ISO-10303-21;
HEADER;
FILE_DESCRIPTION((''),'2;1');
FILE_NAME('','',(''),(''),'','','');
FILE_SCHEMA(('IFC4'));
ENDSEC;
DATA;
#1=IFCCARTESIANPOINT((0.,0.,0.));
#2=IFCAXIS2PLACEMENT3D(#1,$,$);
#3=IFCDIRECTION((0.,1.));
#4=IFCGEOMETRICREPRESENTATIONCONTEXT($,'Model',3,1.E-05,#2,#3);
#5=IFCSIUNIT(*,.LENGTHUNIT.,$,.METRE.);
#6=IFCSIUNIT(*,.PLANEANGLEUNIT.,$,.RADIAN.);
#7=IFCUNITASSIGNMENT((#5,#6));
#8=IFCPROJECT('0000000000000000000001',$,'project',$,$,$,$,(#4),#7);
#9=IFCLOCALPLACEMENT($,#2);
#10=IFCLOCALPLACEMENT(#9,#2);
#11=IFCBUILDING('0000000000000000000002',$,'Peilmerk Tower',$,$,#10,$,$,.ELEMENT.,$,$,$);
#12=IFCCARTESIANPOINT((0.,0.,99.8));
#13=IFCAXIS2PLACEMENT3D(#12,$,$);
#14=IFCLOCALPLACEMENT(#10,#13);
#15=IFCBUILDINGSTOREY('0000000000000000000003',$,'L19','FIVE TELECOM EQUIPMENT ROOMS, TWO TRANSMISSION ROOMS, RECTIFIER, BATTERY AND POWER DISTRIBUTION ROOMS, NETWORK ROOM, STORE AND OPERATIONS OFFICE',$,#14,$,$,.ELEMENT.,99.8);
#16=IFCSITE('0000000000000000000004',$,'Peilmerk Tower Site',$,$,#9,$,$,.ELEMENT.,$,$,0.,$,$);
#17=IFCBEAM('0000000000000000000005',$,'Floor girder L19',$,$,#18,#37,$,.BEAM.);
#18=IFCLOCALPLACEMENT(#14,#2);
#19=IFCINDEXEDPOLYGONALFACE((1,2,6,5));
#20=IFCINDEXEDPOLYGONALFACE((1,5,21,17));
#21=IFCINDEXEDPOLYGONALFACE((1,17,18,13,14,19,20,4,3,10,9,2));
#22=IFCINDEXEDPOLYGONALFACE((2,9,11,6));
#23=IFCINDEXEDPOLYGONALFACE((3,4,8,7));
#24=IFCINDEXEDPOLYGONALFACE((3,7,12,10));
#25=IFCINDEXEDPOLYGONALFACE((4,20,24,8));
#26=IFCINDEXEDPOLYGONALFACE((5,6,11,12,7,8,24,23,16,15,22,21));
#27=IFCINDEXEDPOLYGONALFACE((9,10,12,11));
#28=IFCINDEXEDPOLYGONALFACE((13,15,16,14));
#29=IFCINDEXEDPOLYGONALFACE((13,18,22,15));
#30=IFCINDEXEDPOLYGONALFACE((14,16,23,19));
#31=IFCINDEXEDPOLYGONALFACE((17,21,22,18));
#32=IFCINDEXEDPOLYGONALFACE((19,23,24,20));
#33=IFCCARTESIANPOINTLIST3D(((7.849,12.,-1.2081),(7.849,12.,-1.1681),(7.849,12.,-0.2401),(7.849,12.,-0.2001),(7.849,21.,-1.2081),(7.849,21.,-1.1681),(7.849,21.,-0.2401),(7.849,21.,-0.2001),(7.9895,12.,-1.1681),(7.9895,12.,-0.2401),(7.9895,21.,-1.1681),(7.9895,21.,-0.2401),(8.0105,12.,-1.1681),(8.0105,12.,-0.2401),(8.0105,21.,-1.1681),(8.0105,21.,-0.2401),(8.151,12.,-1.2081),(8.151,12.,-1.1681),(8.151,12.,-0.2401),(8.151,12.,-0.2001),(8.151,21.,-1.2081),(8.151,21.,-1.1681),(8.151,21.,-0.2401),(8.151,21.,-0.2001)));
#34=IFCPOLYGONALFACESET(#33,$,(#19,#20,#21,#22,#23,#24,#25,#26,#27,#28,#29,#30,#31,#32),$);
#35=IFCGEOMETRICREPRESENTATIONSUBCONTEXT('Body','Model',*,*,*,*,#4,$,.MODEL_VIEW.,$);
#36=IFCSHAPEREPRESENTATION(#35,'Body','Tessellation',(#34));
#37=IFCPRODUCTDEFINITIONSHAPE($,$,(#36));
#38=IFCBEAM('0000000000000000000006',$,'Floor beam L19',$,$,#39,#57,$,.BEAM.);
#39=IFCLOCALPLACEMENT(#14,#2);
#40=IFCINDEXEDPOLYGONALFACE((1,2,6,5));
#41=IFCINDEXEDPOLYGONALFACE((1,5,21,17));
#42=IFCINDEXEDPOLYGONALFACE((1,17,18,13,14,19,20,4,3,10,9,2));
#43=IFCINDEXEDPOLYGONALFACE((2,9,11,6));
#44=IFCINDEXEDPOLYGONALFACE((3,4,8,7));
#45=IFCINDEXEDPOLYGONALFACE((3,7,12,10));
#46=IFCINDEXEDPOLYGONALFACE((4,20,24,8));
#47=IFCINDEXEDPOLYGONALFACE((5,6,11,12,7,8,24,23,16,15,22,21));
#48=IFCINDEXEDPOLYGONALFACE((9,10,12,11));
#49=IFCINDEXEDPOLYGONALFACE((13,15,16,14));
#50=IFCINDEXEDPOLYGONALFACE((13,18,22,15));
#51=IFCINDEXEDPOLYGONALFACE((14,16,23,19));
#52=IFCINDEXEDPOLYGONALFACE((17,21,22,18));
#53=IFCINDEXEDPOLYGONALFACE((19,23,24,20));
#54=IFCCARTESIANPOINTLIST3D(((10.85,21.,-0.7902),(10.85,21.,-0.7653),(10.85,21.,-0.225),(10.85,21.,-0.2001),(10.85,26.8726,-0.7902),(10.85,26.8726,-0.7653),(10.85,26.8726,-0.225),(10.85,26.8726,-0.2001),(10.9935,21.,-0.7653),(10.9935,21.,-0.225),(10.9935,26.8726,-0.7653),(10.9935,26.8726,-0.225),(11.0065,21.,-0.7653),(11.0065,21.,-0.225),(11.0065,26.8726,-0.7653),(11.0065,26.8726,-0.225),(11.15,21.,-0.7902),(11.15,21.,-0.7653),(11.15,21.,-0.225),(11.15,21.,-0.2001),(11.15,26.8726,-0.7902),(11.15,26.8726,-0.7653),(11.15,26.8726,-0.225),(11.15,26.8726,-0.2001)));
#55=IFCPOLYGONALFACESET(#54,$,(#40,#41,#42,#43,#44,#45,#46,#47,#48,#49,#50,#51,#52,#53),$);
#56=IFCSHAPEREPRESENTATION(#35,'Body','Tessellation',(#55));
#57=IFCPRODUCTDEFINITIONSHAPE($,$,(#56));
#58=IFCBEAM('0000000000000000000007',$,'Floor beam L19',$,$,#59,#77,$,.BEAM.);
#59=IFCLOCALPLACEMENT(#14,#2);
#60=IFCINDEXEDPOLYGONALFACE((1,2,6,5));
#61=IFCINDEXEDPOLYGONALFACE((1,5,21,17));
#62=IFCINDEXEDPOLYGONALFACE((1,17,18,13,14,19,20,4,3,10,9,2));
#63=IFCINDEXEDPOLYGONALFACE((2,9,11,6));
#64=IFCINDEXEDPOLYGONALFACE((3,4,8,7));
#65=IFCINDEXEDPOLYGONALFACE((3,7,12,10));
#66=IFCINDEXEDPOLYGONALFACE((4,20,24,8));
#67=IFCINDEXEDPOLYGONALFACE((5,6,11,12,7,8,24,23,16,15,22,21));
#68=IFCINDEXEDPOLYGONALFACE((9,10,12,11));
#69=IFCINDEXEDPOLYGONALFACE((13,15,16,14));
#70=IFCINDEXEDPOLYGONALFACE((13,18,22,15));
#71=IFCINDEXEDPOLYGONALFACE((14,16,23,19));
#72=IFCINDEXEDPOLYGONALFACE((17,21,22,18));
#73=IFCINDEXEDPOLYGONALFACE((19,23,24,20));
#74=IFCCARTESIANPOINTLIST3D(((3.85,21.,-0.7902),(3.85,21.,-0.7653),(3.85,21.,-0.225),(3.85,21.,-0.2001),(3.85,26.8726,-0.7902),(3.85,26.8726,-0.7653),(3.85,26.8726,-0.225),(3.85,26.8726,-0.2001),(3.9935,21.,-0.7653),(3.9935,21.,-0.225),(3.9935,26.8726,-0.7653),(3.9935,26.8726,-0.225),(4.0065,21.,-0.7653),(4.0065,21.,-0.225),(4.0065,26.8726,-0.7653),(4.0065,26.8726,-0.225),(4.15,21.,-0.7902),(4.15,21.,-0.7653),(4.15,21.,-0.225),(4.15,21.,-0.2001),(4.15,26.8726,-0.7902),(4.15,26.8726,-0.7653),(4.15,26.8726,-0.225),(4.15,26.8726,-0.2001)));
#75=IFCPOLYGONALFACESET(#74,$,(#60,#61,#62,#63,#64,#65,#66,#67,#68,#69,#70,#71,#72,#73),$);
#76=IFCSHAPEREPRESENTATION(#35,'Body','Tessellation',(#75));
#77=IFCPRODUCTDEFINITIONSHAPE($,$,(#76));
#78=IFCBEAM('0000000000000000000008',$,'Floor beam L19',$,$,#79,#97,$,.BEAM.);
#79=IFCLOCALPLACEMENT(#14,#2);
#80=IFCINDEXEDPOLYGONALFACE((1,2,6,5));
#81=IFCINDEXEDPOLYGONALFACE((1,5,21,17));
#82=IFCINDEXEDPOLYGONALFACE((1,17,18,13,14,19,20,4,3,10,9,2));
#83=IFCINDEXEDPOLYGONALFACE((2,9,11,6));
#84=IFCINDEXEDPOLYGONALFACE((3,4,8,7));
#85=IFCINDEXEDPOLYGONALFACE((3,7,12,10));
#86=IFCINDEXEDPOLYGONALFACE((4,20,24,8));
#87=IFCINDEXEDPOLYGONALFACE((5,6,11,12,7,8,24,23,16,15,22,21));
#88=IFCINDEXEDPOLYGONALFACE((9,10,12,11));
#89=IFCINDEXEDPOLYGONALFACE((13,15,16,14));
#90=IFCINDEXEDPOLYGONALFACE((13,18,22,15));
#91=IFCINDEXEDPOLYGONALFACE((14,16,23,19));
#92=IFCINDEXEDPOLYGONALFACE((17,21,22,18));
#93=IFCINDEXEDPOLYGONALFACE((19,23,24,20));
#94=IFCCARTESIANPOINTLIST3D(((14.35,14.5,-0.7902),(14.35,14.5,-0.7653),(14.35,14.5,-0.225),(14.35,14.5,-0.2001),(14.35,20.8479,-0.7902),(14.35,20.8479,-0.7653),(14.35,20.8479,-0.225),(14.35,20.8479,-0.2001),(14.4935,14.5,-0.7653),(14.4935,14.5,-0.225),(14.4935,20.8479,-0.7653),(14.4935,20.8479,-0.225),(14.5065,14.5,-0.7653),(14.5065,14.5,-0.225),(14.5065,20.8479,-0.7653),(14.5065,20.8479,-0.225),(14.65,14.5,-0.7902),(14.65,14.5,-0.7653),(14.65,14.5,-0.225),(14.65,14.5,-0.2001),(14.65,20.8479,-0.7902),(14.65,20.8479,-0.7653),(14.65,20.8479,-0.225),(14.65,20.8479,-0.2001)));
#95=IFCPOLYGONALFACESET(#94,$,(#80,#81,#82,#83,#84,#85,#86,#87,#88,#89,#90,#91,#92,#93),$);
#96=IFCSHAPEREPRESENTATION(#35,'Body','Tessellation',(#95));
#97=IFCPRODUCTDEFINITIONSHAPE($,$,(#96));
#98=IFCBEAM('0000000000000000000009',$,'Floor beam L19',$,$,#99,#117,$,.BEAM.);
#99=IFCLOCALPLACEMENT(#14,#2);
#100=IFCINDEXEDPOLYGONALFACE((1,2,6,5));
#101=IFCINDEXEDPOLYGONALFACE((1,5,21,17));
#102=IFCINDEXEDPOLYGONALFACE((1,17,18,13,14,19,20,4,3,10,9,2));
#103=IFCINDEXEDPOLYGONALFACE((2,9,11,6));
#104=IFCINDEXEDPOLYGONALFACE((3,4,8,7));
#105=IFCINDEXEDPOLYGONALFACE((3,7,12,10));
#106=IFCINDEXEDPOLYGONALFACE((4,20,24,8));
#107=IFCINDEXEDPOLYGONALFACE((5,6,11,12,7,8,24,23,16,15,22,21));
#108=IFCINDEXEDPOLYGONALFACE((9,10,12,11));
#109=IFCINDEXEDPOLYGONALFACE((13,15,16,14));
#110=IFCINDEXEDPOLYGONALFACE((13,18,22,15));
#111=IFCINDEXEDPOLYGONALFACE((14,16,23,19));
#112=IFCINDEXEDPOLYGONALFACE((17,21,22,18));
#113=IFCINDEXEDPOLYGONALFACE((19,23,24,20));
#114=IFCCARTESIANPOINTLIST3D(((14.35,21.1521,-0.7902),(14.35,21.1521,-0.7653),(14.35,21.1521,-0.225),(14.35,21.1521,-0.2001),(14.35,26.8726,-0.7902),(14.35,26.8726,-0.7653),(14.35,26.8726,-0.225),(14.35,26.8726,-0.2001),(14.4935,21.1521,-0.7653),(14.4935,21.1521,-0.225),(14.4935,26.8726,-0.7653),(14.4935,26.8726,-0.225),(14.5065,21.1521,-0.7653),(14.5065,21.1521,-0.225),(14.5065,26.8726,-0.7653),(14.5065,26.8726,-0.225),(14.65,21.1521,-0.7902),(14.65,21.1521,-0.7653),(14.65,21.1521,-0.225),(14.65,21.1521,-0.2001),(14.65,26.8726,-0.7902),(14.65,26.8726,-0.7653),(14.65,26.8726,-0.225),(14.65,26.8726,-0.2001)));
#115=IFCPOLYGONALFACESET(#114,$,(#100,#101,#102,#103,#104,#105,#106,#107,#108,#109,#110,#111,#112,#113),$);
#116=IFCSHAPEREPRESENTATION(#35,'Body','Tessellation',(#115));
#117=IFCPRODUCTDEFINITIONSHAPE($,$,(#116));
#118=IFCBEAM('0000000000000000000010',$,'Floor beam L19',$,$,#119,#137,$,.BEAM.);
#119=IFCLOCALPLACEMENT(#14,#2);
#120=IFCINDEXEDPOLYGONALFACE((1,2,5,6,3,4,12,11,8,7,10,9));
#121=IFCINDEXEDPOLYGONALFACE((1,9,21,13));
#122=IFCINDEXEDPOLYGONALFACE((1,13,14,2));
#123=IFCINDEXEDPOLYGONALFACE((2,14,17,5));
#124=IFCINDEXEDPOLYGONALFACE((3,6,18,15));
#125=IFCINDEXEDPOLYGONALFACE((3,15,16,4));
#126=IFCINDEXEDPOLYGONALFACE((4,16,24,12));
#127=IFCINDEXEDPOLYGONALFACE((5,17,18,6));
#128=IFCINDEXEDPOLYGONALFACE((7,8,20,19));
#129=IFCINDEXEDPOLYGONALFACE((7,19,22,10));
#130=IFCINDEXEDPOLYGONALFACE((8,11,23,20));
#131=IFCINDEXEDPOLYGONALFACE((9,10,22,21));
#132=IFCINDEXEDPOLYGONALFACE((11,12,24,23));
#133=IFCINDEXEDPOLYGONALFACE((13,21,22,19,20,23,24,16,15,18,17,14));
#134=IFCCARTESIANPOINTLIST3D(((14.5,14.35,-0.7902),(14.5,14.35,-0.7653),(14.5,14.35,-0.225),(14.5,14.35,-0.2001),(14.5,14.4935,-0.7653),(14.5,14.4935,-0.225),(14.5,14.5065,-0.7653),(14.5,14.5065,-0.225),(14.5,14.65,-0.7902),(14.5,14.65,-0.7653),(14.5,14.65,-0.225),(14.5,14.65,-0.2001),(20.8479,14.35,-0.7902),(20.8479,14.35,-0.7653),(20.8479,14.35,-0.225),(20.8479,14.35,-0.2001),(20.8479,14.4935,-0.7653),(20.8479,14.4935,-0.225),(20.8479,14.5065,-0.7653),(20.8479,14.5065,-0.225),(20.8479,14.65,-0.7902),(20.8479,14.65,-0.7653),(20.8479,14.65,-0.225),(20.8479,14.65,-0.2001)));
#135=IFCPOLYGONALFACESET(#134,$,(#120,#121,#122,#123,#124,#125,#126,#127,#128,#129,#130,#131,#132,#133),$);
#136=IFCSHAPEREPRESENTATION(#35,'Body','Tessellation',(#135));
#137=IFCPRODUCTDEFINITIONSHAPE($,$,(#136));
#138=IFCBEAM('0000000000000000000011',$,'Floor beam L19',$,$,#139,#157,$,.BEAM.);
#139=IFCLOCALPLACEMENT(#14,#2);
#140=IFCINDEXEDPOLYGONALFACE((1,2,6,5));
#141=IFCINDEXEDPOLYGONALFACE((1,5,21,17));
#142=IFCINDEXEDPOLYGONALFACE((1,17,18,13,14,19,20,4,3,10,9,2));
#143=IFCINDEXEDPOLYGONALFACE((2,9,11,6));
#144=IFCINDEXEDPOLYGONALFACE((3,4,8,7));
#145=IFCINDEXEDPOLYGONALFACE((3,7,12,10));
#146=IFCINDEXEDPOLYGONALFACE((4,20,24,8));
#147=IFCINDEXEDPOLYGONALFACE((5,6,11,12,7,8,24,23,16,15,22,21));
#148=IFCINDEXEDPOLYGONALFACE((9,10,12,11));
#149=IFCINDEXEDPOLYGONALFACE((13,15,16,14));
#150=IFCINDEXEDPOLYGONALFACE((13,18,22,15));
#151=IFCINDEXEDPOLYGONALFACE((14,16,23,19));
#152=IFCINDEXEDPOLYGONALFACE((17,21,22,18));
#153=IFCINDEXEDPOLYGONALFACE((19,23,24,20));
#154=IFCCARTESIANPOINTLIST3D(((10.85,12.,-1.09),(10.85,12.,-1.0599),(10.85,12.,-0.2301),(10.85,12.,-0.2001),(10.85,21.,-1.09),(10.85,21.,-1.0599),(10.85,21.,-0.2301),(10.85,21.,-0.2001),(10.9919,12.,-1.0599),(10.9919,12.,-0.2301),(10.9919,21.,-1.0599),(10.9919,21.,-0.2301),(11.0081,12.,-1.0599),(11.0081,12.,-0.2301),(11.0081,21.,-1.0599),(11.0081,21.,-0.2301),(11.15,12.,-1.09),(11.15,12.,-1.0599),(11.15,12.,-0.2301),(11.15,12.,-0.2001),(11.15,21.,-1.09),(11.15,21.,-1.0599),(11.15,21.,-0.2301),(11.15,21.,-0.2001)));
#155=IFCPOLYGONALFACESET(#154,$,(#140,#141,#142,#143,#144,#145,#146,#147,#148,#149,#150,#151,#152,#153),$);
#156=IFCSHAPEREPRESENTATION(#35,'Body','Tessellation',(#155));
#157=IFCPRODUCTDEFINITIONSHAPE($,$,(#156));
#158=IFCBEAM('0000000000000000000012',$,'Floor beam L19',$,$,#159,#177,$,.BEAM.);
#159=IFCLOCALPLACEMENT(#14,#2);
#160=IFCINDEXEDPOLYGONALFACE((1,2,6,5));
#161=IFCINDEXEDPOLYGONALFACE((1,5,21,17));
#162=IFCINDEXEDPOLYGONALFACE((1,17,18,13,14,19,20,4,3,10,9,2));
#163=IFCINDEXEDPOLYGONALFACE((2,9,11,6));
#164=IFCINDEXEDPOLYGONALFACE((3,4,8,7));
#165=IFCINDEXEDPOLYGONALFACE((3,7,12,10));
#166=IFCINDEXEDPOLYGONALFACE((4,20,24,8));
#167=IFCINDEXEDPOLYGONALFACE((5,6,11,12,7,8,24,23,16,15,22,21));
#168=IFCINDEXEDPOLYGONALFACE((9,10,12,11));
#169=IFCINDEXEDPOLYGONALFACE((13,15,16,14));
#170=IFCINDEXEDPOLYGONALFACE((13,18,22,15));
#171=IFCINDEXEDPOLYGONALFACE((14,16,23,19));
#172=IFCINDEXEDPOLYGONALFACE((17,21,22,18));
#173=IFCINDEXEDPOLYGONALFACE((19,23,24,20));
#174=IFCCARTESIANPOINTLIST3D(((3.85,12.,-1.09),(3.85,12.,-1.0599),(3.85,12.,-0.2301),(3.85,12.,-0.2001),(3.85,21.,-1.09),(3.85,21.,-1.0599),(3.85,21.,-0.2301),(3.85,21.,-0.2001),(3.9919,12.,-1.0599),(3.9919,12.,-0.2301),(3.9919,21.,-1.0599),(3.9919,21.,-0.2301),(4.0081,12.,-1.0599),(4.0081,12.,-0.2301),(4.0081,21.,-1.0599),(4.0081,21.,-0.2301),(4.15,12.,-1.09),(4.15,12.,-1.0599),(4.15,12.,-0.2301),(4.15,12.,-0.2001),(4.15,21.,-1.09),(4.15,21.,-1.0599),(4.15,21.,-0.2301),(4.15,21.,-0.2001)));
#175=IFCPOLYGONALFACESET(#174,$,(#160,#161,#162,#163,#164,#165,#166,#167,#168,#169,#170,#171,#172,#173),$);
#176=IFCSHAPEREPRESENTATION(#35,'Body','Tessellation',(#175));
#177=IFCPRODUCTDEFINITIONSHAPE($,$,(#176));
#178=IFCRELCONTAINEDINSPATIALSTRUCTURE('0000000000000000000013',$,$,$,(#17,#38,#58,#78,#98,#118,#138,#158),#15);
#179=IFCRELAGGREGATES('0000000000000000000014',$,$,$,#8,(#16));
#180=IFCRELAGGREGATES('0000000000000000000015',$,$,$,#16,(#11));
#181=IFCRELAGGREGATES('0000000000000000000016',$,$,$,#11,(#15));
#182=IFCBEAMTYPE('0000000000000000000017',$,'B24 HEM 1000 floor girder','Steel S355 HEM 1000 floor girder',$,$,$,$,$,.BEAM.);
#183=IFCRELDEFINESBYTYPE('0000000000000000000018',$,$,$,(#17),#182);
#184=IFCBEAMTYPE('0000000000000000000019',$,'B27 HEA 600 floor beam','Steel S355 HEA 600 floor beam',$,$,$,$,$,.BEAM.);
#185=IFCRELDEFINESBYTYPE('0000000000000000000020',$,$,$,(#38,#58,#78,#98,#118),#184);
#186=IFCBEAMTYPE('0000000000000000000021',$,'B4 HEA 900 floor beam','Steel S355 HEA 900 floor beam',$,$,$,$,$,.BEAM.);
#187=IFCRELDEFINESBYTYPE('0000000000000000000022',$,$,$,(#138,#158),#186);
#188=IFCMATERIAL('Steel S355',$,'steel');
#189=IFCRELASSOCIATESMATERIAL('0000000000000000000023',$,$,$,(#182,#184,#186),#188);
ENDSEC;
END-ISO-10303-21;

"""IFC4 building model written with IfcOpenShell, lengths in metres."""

from ifc_helpers import new_model, si_unit, direction, frame, origin, origin_2d, place, context, subcontext, project, spatial, i_section, extrude, material, material_profile, profile_set, type_object, element, save


model = new_model("IFC4")

# Units and contexts
model_context = context("Model", 3, precision=1e-05, world=origin(), true_north=direction((0.0, 1.0)))
body_context = subcontext(model_context, "Body", "Model", "MODEL_VIEW")
ifc_project = project(units=[si_unit("LENGTHUNIT", "METRE"), si_unit("PLANEANGLEUNIT", "RADIAN")], contexts=[model_context])

# Site, building, storey
site_placement = place(None, origin())
site = spatial("IfcSite", under=ifc_project, at=site_placement, Name="Peilmerk Tower Site", CompositionType="ELEMENT", RefElevation=0.0)
building_placement = place(site_placement, origin())
building = spatial("IfcBuilding", under=site, at=building_placement, Name="Peilmerk Tower", CompositionType="ELEMENT")
storey_placement = place(building_placement, frame((0.0, 0.0, 99.8)))
storey = spatial("IfcBuildingStorey", under=building, at=storey_placement, Name="L19", Description="FIVE TELECOM EQUIPMENT ROOMS, TWO TRANSMISSION ROOMS, RECTIFIER, BATTERY AND POWER DISTRIBUTION ROOMS, NETWORK ROOM, STORE AND OPERATIONS OFFICE", CompositionType="ELEMENT", Elevation=99.8)

# Beams
ifc_material_1 = material(Name="Steel S355", Category="steel")
ifc_material_profile_1 = material_profile(ifc_material_1, i_section(OverallWidth=0.302, OverallDepth=1.0081, WebThickness=0.021, FlangeThickness=0.04, at=origin_2d()), Name="HEM 1000")
ifc_profile_set_1 = profile_set([ifc_material_profile_1], Name="Steel S355")
beam_type_1 = type_object("IfcBeamType", Name="B24 HEM 1000 floor girder", Description="Steel S355 HEM 1000 floor girder", PredefinedType="BEAM", material=ifc_profile_set_1)
beam_1_placement = place(storey_placement, frame((8.0, 12.0, -0.7041), z_axis=(0.0, 1.0, 0.0), x_axis=(-1.0, 0.0, 0.0)))
element("IfcBeam", 1, at=beam_1_placement, inside=storey, type_object=beam_type_1, Name="Floor girder L19", PredefinedType="BEAM", context=body_context, shape_type="SweptSolid", body=[
    extrude(i_section(OverallWidth=0.302, OverallDepth=1.0081, WebThickness=0.021, FlangeThickness=0.04, at=origin_2d()), origin(), (0.0, 0.0, 1.0), 9.0),
])
ifc_material_profile_2 = material_profile(ifc_material_1, i_section(OverallWidth=0.3, OverallDepth=0.5901, WebThickness=0.0129, FlangeThickness=0.0249, at=origin_2d()), Name="HEA 600")
ifc_profile_set_2 = profile_set([ifc_material_profile_2], Name="Steel S355")
beam_type_2 = type_object("IfcBeamType", Name="B27 HEA 600 floor beam", Description="Steel S355 HEA 600 floor beam", PredefinedType="BEAM", material=ifc_profile_set_2)
for number, where, z_axis, x_axis, name in (
    (2, (11.0, 21.0, -0.4951), (0.0, 1.0, 0.0), (-1.0, 0.0, 0.0), "Floor beam L19"),
    (3, (4.0, 21.0, -0.4951), (0.0, 1.0, 0.0), (-1.0, 0.0, 0.0), "Floor beam L19"),
):
    element("IfcBeam", number, at=place(storey_placement, frame(where, z_axis=z_axis, x_axis=x_axis)), inside=storey, type_object=beam_type_2, Name=name, PredefinedType="BEAM", context=body_context, shape_type="SweptSolid", body=[
        extrude(i_section(OverallWidth=0.3, OverallDepth=0.5901, WebThickness=0.0129, FlangeThickness=0.0249, at=origin_2d()), origin(), (0.0, 0.0, 1.0), 5.8726),
    ])
beam_2_placement = place(storey_placement, frame((14.5, 14.5, -0.4951), z_axis=(0.0, 1.0, 0.0), x_axis=(-1.0, 0.0, 0.0)))
element("IfcBeam", 4, at=beam_2_placement, inside=storey, type_object=beam_type_2, Name="Floor beam L19", PredefinedType="BEAM", context=body_context, shape_type="SweptSolid", body=[
    extrude(i_section(OverallWidth=0.3, OverallDepth=0.5901, WebThickness=0.0129, FlangeThickness=0.0249, at=origin_2d()), origin(), (0.0, 0.0, 1.0), 6.3479),
])
beam_3_placement = place(storey_placement, frame((14.5, 21.1521, -0.4951), z_axis=(0.0, 1.0, 0.0), x_axis=(-1.0, 0.0, 0.0)))
element("IfcBeam", 5, at=beam_3_placement, inside=storey, type_object=beam_type_2, Name="Floor beam L19", PredefinedType="BEAM", context=body_context, shape_type="SweptSolid", body=[
    extrude(i_section(OverallWidth=0.3, OverallDepth=0.5901, WebThickness=0.0129, FlangeThickness=0.0249, at=origin_2d()), origin(), (0.0, 0.0, 1.0), 5.7205),
])
beam_4_placement = place(storey_placement, frame((14.5, 14.5, -0.4951), z_axis=(1.0, 0.0, 0.0), x_axis=(0.0, 1.0, 0.0)))
element("IfcBeam", 6, at=beam_4_placement, inside=storey, type_object=beam_type_2, Name="Floor beam L19", PredefinedType="BEAM", context=body_context, shape_type="SweptSolid", body=[
    extrude(i_section(OverallWidth=0.3, OverallDepth=0.5901, WebThickness=0.0129, FlangeThickness=0.0249, at=origin_2d()), origin(), (0.0, 0.0, 1.0), 6.3479),
])
ifc_material_profile_3 = material_profile(ifc_material_1, i_section(OverallWidth=0.3, OverallDepth=0.8899, WebThickness=0.0161, FlangeThickness=0.03, at=origin_2d()), Name="HEA 900")
ifc_profile_set_3 = profile_set([ifc_material_profile_3], Name="Steel S355")
beam_type_3 = type_object("IfcBeamType", Name="B4 HEA 900 floor beam", Description="Steel S355 HEA 900 floor beam", PredefinedType="BEAM", material=ifc_profile_set_3)
for number, where, z_axis, x_axis, name in (
    (7, (11.0, 12.0, -0.645), (0.0, 1.0, 0.0), (-1.0, 0.0, 0.0), "Floor beam L19"),
    (8, (4.0, 12.0, -0.645), (0.0, 1.0, 0.0), (-1.0, 0.0, 0.0), "Floor beam L19"),
):
    element("IfcBeam", number, at=place(storey_placement, frame(where, z_axis=z_axis, x_axis=x_axis)), inside=storey, type_object=beam_type_3, Name=name, PredefinedType="BEAM", context=body_context, shape_type="SweptSolid", body=[
        extrude(i_section(OverallWidth=0.3, OverallDepth=0.8899, WebThickness=0.0161, FlangeThickness=0.03, at=origin_2d()), origin(), (0.0, 0.0, 1.0), 9.0),
    ])

save(model, "model.ifc")
